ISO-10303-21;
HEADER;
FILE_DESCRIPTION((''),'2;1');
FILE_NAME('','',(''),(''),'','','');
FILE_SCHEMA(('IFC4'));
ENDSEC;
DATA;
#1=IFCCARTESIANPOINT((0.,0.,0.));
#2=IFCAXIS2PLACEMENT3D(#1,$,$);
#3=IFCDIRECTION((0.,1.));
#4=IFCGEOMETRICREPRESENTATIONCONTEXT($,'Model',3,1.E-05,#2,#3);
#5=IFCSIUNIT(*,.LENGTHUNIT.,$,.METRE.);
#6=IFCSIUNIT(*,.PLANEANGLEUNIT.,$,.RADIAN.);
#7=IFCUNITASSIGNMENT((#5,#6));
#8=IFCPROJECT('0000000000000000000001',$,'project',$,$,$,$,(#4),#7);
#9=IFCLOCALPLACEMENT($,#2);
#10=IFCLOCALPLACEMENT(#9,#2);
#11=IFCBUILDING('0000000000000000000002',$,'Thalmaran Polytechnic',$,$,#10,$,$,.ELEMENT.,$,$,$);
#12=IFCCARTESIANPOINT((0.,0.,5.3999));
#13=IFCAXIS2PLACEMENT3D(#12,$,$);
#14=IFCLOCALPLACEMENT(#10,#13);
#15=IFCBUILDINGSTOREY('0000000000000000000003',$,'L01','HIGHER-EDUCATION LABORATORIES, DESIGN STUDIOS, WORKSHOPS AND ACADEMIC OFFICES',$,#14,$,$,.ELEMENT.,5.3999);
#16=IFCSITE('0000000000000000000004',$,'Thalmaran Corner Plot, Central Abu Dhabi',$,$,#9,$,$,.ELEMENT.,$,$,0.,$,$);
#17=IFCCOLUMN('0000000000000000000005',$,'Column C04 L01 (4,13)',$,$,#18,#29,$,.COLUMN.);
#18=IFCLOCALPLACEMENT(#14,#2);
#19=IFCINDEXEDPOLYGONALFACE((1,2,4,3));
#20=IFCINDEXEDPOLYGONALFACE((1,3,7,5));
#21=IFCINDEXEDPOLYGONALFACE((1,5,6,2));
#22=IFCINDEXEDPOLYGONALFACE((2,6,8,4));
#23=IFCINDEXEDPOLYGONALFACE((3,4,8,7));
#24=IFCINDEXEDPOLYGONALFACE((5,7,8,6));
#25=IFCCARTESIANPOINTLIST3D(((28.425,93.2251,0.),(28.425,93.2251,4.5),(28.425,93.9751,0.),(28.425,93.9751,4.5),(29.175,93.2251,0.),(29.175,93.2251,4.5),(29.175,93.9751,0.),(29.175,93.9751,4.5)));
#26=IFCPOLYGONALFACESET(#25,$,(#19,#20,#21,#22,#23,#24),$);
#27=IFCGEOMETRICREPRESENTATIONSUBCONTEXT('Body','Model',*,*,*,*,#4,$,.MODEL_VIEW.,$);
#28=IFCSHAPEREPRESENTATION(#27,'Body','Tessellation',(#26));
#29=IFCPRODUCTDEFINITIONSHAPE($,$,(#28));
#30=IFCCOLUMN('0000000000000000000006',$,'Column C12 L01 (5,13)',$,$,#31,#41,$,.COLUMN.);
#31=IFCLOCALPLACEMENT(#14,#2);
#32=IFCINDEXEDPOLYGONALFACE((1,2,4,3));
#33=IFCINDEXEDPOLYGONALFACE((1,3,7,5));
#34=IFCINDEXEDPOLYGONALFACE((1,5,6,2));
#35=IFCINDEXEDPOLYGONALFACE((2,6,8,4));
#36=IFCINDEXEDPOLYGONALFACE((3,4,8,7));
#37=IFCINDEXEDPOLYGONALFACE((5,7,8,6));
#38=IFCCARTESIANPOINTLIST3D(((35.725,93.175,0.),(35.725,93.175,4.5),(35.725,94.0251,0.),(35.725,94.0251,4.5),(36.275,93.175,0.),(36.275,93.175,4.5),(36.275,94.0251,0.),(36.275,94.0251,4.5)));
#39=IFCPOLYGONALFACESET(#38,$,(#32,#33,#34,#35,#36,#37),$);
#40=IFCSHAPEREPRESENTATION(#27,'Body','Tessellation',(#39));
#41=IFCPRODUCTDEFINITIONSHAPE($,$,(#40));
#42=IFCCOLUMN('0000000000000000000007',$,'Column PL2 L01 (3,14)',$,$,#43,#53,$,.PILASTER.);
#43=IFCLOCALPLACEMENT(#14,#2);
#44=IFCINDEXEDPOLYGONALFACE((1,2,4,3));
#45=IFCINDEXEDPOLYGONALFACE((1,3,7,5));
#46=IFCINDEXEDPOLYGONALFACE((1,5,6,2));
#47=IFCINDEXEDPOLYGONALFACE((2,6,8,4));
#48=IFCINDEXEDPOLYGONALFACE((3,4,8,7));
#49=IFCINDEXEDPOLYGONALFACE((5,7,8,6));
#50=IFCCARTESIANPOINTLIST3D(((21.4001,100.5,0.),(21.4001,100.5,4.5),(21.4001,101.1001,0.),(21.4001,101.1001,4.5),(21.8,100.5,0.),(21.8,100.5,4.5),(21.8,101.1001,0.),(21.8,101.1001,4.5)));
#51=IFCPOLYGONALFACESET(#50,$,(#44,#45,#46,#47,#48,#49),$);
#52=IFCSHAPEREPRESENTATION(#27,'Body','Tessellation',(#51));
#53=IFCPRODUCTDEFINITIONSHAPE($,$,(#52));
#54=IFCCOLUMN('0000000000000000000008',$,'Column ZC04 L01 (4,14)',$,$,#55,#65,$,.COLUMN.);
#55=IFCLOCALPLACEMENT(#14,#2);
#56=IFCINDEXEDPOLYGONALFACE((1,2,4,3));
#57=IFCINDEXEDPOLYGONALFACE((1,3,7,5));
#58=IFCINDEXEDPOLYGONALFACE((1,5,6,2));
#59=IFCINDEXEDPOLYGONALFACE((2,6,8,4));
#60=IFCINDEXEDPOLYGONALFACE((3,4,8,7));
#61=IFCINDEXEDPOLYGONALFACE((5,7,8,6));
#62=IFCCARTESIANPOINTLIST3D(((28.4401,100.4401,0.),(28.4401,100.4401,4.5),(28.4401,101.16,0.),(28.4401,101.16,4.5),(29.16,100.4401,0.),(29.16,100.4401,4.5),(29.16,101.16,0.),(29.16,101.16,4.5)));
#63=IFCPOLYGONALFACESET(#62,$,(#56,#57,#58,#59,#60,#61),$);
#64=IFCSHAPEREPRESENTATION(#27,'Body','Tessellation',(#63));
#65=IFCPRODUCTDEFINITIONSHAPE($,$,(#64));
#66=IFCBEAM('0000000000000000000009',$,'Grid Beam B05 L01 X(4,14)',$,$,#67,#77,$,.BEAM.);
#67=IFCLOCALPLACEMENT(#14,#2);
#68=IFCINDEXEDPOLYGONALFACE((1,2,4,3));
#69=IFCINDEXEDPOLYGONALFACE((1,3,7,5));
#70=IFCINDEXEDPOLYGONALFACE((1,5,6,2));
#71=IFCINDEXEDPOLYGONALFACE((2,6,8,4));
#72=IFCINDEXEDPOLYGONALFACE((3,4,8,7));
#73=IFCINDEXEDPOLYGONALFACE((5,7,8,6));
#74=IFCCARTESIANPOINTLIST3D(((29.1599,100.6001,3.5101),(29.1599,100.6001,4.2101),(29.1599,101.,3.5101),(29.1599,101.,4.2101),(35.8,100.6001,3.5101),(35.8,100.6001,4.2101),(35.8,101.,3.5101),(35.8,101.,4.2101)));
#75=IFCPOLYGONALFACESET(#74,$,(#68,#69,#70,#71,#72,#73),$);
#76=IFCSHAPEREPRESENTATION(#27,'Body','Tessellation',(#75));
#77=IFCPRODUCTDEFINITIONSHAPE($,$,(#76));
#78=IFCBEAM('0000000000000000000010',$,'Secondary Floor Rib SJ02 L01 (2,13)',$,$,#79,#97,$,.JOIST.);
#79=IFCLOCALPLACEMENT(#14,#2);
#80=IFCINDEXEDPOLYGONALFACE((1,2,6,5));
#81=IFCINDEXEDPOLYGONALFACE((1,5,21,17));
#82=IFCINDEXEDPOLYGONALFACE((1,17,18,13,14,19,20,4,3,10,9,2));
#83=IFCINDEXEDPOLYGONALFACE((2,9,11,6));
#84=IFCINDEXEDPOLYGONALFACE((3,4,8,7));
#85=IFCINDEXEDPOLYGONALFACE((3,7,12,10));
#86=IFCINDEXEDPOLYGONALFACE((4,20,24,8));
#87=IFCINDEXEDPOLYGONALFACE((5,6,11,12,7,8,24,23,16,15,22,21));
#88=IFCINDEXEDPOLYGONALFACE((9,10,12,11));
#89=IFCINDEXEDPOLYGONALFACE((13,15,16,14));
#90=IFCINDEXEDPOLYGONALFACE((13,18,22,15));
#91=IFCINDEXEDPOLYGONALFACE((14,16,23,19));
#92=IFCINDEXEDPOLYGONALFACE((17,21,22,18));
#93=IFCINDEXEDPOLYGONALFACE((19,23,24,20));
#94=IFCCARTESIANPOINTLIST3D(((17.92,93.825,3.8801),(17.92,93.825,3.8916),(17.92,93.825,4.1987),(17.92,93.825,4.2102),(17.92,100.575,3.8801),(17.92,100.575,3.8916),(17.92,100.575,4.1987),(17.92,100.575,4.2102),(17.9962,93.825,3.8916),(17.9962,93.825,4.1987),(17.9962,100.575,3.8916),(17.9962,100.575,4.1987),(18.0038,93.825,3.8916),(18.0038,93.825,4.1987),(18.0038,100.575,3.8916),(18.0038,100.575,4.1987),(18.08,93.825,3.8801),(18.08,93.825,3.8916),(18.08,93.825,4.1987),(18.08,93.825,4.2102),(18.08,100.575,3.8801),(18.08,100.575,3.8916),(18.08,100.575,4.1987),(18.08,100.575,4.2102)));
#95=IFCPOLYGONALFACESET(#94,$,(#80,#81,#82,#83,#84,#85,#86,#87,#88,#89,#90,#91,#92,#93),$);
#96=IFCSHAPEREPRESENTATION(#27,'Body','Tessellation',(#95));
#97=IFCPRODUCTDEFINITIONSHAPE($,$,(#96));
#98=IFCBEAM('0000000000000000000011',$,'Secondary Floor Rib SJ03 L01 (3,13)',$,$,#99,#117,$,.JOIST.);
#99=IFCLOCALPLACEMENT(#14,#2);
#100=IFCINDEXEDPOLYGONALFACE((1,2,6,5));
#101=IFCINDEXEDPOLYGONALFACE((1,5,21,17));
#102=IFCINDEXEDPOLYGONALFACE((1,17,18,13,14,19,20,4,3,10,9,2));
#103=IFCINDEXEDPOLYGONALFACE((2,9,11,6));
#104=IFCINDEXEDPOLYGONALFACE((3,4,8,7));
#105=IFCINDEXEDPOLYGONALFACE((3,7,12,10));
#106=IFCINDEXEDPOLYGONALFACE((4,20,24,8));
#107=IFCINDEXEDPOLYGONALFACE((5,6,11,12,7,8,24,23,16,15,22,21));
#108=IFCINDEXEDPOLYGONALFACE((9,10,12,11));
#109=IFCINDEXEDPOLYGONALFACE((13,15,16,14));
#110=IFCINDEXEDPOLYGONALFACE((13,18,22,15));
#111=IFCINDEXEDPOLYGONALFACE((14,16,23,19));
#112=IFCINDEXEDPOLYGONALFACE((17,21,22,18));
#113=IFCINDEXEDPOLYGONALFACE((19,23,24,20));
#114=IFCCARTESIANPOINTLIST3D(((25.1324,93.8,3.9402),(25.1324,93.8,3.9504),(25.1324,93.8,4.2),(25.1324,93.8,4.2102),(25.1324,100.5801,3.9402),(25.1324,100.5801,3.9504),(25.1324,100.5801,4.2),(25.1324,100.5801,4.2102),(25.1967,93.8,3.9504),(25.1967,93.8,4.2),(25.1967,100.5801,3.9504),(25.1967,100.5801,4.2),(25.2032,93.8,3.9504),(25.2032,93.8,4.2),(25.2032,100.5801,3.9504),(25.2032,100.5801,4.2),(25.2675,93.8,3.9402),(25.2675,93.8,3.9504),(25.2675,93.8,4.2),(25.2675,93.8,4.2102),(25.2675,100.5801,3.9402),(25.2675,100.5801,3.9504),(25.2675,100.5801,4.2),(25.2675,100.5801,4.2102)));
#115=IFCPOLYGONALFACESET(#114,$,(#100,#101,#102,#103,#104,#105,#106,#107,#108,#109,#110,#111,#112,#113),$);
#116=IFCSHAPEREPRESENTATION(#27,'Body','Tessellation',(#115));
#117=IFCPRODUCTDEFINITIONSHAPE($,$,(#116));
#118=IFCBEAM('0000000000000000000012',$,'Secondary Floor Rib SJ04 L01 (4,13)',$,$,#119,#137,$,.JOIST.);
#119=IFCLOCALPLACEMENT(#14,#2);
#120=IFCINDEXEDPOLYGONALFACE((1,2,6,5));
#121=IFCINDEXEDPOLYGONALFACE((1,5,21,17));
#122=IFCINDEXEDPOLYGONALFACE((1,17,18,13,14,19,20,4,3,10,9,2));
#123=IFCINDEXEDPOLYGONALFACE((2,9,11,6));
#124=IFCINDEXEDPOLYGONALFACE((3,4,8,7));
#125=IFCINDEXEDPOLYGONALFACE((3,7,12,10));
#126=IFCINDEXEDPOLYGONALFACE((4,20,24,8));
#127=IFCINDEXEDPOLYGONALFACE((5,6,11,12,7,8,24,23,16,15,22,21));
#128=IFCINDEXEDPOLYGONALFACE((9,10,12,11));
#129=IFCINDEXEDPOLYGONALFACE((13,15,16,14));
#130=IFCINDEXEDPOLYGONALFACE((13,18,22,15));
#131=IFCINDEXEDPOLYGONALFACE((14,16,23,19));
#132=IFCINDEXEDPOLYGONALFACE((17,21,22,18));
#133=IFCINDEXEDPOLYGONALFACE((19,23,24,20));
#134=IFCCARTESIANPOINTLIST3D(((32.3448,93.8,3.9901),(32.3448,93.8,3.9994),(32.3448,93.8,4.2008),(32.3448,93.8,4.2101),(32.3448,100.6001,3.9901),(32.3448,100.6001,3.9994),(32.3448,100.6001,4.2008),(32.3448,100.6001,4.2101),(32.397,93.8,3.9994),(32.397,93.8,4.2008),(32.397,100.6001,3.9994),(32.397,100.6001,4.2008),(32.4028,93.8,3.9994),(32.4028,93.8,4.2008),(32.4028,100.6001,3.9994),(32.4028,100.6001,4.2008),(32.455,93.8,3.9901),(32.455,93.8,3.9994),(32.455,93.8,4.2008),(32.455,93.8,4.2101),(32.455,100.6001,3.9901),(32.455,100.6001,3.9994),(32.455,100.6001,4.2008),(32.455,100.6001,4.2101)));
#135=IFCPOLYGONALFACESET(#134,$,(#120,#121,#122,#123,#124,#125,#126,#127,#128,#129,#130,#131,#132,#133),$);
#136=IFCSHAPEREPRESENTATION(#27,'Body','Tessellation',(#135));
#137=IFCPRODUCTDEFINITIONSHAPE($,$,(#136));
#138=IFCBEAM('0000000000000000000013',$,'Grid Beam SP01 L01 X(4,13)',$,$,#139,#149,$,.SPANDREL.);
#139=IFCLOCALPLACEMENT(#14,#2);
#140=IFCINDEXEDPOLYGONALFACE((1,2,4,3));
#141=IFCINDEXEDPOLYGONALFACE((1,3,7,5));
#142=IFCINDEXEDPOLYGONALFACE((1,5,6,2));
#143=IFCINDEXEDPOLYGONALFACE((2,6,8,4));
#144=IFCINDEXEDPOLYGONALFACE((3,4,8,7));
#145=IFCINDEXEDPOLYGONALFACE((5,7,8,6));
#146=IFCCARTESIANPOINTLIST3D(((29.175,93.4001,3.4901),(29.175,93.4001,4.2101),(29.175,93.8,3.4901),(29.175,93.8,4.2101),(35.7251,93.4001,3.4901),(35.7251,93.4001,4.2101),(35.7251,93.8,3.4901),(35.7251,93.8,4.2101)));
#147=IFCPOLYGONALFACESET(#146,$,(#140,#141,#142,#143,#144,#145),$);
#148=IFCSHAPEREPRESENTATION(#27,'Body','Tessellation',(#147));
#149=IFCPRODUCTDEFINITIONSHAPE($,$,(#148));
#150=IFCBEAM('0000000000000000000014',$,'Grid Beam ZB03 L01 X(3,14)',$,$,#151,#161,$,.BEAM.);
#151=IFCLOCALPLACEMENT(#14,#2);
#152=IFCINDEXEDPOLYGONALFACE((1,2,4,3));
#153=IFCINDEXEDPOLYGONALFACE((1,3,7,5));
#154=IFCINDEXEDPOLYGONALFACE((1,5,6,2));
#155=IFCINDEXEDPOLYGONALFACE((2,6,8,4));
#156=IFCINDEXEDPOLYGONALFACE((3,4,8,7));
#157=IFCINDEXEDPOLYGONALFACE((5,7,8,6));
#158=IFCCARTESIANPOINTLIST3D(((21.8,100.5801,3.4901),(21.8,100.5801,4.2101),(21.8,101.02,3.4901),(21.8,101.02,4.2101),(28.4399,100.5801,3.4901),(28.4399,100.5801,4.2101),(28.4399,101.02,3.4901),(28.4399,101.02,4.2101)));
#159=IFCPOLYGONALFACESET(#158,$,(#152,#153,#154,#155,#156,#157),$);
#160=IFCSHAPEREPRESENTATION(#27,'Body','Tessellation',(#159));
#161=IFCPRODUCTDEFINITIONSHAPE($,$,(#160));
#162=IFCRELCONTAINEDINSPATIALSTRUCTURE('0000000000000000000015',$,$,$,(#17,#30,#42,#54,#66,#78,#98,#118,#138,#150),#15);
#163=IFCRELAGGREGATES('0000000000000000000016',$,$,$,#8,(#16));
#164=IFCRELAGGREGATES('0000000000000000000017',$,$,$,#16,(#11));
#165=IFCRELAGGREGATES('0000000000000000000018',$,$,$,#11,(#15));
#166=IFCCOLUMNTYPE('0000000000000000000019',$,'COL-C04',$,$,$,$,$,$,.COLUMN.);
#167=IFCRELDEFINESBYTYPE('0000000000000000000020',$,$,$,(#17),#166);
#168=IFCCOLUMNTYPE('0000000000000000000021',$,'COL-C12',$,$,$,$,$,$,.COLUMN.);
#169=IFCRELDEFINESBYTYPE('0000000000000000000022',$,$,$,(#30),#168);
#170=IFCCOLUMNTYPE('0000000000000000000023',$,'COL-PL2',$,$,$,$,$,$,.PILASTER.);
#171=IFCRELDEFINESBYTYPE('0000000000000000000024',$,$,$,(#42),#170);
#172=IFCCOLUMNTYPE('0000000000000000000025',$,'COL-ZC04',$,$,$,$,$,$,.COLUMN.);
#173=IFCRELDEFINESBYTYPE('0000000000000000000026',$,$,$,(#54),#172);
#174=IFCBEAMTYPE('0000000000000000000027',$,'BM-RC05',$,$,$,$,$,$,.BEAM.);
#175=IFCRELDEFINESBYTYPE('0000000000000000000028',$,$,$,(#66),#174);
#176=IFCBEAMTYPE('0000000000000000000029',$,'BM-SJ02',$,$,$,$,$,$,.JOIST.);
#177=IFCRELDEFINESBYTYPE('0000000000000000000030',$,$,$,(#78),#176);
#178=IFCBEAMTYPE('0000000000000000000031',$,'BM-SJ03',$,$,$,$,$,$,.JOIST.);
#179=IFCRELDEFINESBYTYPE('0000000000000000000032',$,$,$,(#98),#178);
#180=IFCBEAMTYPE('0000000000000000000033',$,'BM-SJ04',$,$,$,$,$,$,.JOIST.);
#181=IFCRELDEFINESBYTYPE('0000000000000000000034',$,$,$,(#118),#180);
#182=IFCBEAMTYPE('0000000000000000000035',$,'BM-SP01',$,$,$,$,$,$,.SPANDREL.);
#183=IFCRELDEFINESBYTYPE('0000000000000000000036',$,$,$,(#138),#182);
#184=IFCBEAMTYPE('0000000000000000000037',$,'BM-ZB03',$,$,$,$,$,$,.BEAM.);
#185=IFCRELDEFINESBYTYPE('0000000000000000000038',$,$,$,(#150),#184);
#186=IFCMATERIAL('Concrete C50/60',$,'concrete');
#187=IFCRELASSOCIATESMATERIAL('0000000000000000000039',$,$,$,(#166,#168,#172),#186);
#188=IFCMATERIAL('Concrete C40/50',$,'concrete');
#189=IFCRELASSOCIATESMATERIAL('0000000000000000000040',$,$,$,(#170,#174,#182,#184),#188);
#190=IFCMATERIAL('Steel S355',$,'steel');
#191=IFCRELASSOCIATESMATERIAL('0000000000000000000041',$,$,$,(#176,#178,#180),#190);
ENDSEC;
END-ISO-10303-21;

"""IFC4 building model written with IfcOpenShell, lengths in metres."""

from ifc_helpers import new_model, si_unit, direction, frame, origin, origin_2d, place, context, subcontext, project, spatial, rectangle, i_section, extrude, material, material_profile, profile_set, type_object, element, save


model = new_model("IFC4")

# Units and contexts
model_context = context("Model", 3, precision=1e-05, world=origin(), true_north=direction((0.0, 1.0)))
body_context = subcontext(model_context, "Body", "Model", "MODEL_VIEW")
ifc_project = project(units=[si_unit("LENGTHUNIT", "METRE"), si_unit("PLANEANGLEUNIT", "RADIAN")], contexts=[model_context])

# Site, building, storey
site_placement = place(None, origin())
site = spatial("IfcSite", under=ifc_project, at=site_placement, Name="Thalmaran Corner Plot, Central Abu Dhabi", CompositionType="ELEMENT", RefElevation=0.0)
building_placement = place(site_placement, origin())
building = spatial("IfcBuilding", under=site, at=building_placement, Name="Thalmaran Polytechnic", CompositionType="ELEMENT")
storey_placement = place(building_placement, frame((0.0, 0.0, 5.3999)))
storey = spatial("IfcBuildingStorey", under=building, at=storey_placement, Name="L01", Description="HIGHER-EDUCATION LABORATORIES, DESIGN STUDIOS, WORKSHOPS AND ACADEMIC OFFICES", CompositionType="ELEMENT", Elevation=5.3999)

# Columns
ifc_material_1 = material(Name="Concrete C50/60", Category="concrete")
ifc_material_profile_1 = material_profile(ifc_material_1, rectangle(XDim=0.75, YDim=0.75, at=origin_2d()), Name="RC 750x750")
ifc_profile_set_1 = profile_set([ifc_material_profile_1], Name="Concrete C50/60")
column_type_1 = type_object("IfcColumnType", Name="COL-C04", PredefinedType="COLUMN", material=ifc_profile_set_1)
column_1_placement = place(storey_placement, frame((28.8, 93.6001, 0.0), z_axis=(0.0, 0.0, 1.0), x_axis=(1.0, 0.0, 0.0)))
element("IfcColumn", 1, at=column_1_placement, inside=storey, type_object=column_type_1, Name="Column C04 L01 (4,13)", PredefinedType="COLUMN", context=body_context, shape_type="SweptSolid", body=[
    extrude(rectangle(XDim=0.75, YDim=0.75, at=origin_2d()), origin(), (0.0, 0.0, 1.0), 4.5),
])
ifc_material_profile_2 = material_profile(ifc_material_1, rectangle(XDim=0.55, YDim=0.8501, at=origin_2d()), Name="RC 550x850")
ifc_profile_set_2 = profile_set([ifc_material_profile_2], Name="Concrete C50/60")
column_type_2 = type_object("IfcColumnType", Name="COL-C12", PredefinedType="COLUMN", material=ifc_profile_set_2)
column_2_placement = place(storey_placement, frame((36.0, 93.6001, 0.0), z_axis=(0.0, 0.0, 1.0), x_axis=(1.0, 0.0, 0.0)))
element("IfcColumn", 2, at=column_2_placement, inside=storey, type_object=column_type_2, Name="Column C12 L01 (5,13)", PredefinedType="COLUMN", context=body_context, shape_type="SweptSolid", body=[
    extrude(rectangle(XDim=0.55, YDim=0.8501, at=origin_2d()), origin(), (0.0, 0.0, 1.0), 4.5),
])
ifc_material_2 = material(Name="Concrete C40/50", Category="concrete")
ifc_material_profile_3 = material_profile(ifc_material_2, rectangle(XDim=0.3999, YDim=0.6001, at=origin_2d()), Name="RC 400x600")
ifc_profile_set_3 = profile_set([ifc_material_profile_3], Name="Concrete C40/50")
column_type_3 = type_object("IfcColumnType", Name="COL-PL2", PredefinedType="PILASTER", material=ifc_profile_set_3)
column_3_placement = place(storey_placement, frame((21.6001, 100.8, 0.0), z_axis=(0.0, 0.0, 1.0), x_axis=(1.0, 0.0, 0.0)))
element("IfcColumn", 3, at=column_3_placement, inside=storey, type_object=column_type_3, Name="Column PL2 L01 (3,14)", PredefinedType="PILASTER", context=body_context, shape_type="SweptSolid", body=[
    extrude(rectangle(XDim=0.3999, YDim=0.6001, at=origin_2d()), origin(), (0.0, 0.0, 1.0), 4.5),
])
ifc_material_profile_4 = material_profile(ifc_material_1, rectangle(XDim=0.72, YDim=0.72, at=origin_2d()), Name="RC 720x720")
ifc_profile_set_4 = profile_set([ifc_material_profile_4], Name="Concrete C50/60")
column_type_4 = type_object("IfcColumnType", Name="COL-ZC04", PredefinedType="COLUMN", material=ifc_profile_set_4)
column_4_placement = place(storey_placement, frame((28.8, 100.8, 0.0), z_axis=(0.0, 0.0, 1.0), x_axis=(1.0, 0.0, 0.0)))
element("IfcColumn", 4, at=column_4_placement, inside=storey, type_object=column_type_4, Name="Column ZC04 L01 (4,14)", PredefinedType="COLUMN", context=body_context, shape_type="SweptSolid", body=[
    extrude(rectangle(XDim=0.72, YDim=0.72, at=origin_2d()), origin(), (0.0, 0.0, 1.0), 4.5),
])

# Beams
ifc_material_profile_5 = material_profile(ifc_material_2, rectangle(XDim=0.3999, YDim=0.7, at=origin_2d()), Name="RC 400x700")
ifc_profile_set_5 = profile_set([ifc_material_profile_5], Name="Concrete C40/50")
beam_type_1 = type_object("IfcBeamType", Name="BM-RC05", PredefinedType="BEAM", material=ifc_profile_set_5)
beam_1_placement = place(storey_placement, frame((29.1599, 100.8, 3.8601), z_axis=(1.0, 0.0, 0.0), x_axis=(0.0, 1.0, 0.0)))
element("IfcBeam", 5, at=beam_1_placement, inside=storey, type_object=beam_type_1, Name="Grid Beam B05 L01 X(4,14)", PredefinedType="BEAM", context=body_context, shape_type="SweptSolid", body=[
    extrude(rectangle(XDim=0.3999, YDim=0.7, at=origin_2d()), origin(), (0.0, 0.0, 1.0), 6.6401),
])
ifc_material_3 = material(Name="Steel S355", Category="steel")
ifc_material_profile_6 = material_profile(ifc_material_3, i_section(OverallWidth=0.1599, OverallDepth=0.3301, WebThickness=0.0076, FlangeThickness=0.0115, at=origin_2d()), Name="IPE 330")
ifc_profile_set_6 = profile_set([ifc_material_profile_6], Name="Steel S355")
beam_type_2 = type_object("IfcBeamType", Name="BM-SJ02", PredefinedType="JOIST", material=ifc_profile_set_6)
beam_2_placement = place(storey_placement, frame((18.0, 93.825, 4.0452), z_axis=(0.0, 1.0, 0.0), x_axis=(-1.0, 0.0, 0.0)))
element("IfcBeam", 6, at=beam_2_placement, inside=storey, type_object=beam_type_2, Name="Secondary Floor Rib SJ02 L01 (2,13)", PredefinedType="JOIST", context=body_context, shape_type="SweptSolid", body=[
    extrude(i_section(OverallWidth=0.1599, OverallDepth=0.3301, WebThickness=0.0076, FlangeThickness=0.0115, at=origin_2d()), origin(), (0.0, 0.0, 1.0), 6.75),
])
ifc_material_profile_7 = material_profile(ifc_material_3, i_section(OverallWidth=0.135, OverallDepth=0.27, WebThickness=0.0066, FlangeThickness=0.0103, at=origin_2d()), Name="IPE 270")
ifc_profile_set_7 = profile_set([ifc_material_profile_7], Name="Steel S355")
beam_type_3 = type_object("IfcBeamType", Name="BM-SJ03", PredefinedType="JOIST", material=ifc_profile_set_7)
beam_3_placement = place(storey_placement, frame((25.2, 93.8, 4.0752), z_axis=(0.0, 1.0, 0.0), x_axis=(-1.0, 0.0, 0.0)))
element("IfcBeam", 7, at=beam_3_placement, inside=storey, type_object=beam_type_3, Name="Secondary Floor Rib SJ03 L01 (3,13)", PredefinedType="JOIST", context=body_context, shape_type="SweptSolid", body=[
    extrude(i_section(OverallWidth=0.135, OverallDepth=0.27, WebThickness=0.0066, FlangeThickness=0.0103, at=origin_2d()), origin(), (0.0, 0.0, 1.0), 6.78),
])
ifc_material_profile_8 = material_profile(ifc_material_3, i_section(OverallWidth=0.1101, OverallDepth=0.22, WebThickness=0.0059, FlangeThickness=0.0093, at=origin_2d()), Name="IPE 220")
ifc_profile_set_8 = profile_set([ifc_material_profile_8], Name="Steel S355")
beam_type_4 = type_object("IfcBeamType", Name="BM-SJ04", PredefinedType="JOIST", material=ifc_profile_set_8)
beam_4_placement = place(storey_placement, frame((32.3999, 93.8, 4.1001), z_axis=(0.0, 1.0, 0.0), x_axis=(-1.0, 0.0, 0.0)))
element("IfcBeam", 8, at=beam_4_placement, inside=storey, type_object=beam_type_4, Name="Secondary Floor Rib SJ04 L01 (4,13)", PredefinedType="JOIST", context=body_context, shape_type="SweptSolid", body=[
    extrude(i_section(OverallWidth=0.1101, OverallDepth=0.22, WebThickness=0.0059, FlangeThickness=0.0093, at=origin_2d()), origin(), (0.0, 0.0, 1.0), 6.8),
])
ifc_material_profile_9 = material_profile(ifc_material_2, rectangle(XDim=0.3999, YDim=0.72, at=origin_2d()), Name="RC 400x720")
ifc_profile_set_9 = profile_set([ifc_material_profile_9], Name="Concrete C40/50")
beam_type_5 = type_object("IfcBeamType", Name="BM-SP01", PredefinedType="SPANDREL", material=ifc_profile_set_9)
beam_5_placement = place(storey_placement, frame((29.175, 93.6001, 3.8501), z_axis=(1.0, 0.0, 0.0), x_axis=(0.0, 1.0, 0.0)))
element("IfcBeam", 9, at=beam_5_placement, inside=storey, type_object=beam_type_5, Name="Grid Beam SP01 L01 X(4,13)", PredefinedType="SPANDREL", context=body_context, shape_type="SweptSolid", body=[
    extrude(rectangle(XDim=0.3999, YDim=0.72, at=origin_2d()), origin(), (0.0, 0.0, 1.0), 6.55),
])
ifc_material_profile_10 = material_profile(ifc_material_2, rectangle(XDim=0.4399, YDim=0.72, at=origin_2d()), Name="RC 440x720")
ifc_profile_set_10 = profile_set([ifc_material_profile_10], Name="Concrete C40/50")
beam_type_6 = type_object("IfcBeamType", Name="BM-ZB03", PredefinedType="BEAM", material=ifc_profile_set_10)
beam_6_placement = place(storey_placement, frame((21.8, 100.8, 3.8501), z_axis=(1.0, 0.0, 0.0), x_axis=(0.0, 1.0, 0.0)))
element("IfcBeam", 10, at=beam_6_placement, inside=storey, type_object=beam_type_6, Name="Grid Beam ZB03 L01 X(3,14)", PredefinedType="BEAM", context=body_context, shape_type="SweptSolid", body=[
    extrude(rectangle(XDim=0.4399, YDim=0.72, at=origin_2d()), origin(), (0.0, 0.0, 1.0), 6.6399),
])

save(model, "model.ifc")
